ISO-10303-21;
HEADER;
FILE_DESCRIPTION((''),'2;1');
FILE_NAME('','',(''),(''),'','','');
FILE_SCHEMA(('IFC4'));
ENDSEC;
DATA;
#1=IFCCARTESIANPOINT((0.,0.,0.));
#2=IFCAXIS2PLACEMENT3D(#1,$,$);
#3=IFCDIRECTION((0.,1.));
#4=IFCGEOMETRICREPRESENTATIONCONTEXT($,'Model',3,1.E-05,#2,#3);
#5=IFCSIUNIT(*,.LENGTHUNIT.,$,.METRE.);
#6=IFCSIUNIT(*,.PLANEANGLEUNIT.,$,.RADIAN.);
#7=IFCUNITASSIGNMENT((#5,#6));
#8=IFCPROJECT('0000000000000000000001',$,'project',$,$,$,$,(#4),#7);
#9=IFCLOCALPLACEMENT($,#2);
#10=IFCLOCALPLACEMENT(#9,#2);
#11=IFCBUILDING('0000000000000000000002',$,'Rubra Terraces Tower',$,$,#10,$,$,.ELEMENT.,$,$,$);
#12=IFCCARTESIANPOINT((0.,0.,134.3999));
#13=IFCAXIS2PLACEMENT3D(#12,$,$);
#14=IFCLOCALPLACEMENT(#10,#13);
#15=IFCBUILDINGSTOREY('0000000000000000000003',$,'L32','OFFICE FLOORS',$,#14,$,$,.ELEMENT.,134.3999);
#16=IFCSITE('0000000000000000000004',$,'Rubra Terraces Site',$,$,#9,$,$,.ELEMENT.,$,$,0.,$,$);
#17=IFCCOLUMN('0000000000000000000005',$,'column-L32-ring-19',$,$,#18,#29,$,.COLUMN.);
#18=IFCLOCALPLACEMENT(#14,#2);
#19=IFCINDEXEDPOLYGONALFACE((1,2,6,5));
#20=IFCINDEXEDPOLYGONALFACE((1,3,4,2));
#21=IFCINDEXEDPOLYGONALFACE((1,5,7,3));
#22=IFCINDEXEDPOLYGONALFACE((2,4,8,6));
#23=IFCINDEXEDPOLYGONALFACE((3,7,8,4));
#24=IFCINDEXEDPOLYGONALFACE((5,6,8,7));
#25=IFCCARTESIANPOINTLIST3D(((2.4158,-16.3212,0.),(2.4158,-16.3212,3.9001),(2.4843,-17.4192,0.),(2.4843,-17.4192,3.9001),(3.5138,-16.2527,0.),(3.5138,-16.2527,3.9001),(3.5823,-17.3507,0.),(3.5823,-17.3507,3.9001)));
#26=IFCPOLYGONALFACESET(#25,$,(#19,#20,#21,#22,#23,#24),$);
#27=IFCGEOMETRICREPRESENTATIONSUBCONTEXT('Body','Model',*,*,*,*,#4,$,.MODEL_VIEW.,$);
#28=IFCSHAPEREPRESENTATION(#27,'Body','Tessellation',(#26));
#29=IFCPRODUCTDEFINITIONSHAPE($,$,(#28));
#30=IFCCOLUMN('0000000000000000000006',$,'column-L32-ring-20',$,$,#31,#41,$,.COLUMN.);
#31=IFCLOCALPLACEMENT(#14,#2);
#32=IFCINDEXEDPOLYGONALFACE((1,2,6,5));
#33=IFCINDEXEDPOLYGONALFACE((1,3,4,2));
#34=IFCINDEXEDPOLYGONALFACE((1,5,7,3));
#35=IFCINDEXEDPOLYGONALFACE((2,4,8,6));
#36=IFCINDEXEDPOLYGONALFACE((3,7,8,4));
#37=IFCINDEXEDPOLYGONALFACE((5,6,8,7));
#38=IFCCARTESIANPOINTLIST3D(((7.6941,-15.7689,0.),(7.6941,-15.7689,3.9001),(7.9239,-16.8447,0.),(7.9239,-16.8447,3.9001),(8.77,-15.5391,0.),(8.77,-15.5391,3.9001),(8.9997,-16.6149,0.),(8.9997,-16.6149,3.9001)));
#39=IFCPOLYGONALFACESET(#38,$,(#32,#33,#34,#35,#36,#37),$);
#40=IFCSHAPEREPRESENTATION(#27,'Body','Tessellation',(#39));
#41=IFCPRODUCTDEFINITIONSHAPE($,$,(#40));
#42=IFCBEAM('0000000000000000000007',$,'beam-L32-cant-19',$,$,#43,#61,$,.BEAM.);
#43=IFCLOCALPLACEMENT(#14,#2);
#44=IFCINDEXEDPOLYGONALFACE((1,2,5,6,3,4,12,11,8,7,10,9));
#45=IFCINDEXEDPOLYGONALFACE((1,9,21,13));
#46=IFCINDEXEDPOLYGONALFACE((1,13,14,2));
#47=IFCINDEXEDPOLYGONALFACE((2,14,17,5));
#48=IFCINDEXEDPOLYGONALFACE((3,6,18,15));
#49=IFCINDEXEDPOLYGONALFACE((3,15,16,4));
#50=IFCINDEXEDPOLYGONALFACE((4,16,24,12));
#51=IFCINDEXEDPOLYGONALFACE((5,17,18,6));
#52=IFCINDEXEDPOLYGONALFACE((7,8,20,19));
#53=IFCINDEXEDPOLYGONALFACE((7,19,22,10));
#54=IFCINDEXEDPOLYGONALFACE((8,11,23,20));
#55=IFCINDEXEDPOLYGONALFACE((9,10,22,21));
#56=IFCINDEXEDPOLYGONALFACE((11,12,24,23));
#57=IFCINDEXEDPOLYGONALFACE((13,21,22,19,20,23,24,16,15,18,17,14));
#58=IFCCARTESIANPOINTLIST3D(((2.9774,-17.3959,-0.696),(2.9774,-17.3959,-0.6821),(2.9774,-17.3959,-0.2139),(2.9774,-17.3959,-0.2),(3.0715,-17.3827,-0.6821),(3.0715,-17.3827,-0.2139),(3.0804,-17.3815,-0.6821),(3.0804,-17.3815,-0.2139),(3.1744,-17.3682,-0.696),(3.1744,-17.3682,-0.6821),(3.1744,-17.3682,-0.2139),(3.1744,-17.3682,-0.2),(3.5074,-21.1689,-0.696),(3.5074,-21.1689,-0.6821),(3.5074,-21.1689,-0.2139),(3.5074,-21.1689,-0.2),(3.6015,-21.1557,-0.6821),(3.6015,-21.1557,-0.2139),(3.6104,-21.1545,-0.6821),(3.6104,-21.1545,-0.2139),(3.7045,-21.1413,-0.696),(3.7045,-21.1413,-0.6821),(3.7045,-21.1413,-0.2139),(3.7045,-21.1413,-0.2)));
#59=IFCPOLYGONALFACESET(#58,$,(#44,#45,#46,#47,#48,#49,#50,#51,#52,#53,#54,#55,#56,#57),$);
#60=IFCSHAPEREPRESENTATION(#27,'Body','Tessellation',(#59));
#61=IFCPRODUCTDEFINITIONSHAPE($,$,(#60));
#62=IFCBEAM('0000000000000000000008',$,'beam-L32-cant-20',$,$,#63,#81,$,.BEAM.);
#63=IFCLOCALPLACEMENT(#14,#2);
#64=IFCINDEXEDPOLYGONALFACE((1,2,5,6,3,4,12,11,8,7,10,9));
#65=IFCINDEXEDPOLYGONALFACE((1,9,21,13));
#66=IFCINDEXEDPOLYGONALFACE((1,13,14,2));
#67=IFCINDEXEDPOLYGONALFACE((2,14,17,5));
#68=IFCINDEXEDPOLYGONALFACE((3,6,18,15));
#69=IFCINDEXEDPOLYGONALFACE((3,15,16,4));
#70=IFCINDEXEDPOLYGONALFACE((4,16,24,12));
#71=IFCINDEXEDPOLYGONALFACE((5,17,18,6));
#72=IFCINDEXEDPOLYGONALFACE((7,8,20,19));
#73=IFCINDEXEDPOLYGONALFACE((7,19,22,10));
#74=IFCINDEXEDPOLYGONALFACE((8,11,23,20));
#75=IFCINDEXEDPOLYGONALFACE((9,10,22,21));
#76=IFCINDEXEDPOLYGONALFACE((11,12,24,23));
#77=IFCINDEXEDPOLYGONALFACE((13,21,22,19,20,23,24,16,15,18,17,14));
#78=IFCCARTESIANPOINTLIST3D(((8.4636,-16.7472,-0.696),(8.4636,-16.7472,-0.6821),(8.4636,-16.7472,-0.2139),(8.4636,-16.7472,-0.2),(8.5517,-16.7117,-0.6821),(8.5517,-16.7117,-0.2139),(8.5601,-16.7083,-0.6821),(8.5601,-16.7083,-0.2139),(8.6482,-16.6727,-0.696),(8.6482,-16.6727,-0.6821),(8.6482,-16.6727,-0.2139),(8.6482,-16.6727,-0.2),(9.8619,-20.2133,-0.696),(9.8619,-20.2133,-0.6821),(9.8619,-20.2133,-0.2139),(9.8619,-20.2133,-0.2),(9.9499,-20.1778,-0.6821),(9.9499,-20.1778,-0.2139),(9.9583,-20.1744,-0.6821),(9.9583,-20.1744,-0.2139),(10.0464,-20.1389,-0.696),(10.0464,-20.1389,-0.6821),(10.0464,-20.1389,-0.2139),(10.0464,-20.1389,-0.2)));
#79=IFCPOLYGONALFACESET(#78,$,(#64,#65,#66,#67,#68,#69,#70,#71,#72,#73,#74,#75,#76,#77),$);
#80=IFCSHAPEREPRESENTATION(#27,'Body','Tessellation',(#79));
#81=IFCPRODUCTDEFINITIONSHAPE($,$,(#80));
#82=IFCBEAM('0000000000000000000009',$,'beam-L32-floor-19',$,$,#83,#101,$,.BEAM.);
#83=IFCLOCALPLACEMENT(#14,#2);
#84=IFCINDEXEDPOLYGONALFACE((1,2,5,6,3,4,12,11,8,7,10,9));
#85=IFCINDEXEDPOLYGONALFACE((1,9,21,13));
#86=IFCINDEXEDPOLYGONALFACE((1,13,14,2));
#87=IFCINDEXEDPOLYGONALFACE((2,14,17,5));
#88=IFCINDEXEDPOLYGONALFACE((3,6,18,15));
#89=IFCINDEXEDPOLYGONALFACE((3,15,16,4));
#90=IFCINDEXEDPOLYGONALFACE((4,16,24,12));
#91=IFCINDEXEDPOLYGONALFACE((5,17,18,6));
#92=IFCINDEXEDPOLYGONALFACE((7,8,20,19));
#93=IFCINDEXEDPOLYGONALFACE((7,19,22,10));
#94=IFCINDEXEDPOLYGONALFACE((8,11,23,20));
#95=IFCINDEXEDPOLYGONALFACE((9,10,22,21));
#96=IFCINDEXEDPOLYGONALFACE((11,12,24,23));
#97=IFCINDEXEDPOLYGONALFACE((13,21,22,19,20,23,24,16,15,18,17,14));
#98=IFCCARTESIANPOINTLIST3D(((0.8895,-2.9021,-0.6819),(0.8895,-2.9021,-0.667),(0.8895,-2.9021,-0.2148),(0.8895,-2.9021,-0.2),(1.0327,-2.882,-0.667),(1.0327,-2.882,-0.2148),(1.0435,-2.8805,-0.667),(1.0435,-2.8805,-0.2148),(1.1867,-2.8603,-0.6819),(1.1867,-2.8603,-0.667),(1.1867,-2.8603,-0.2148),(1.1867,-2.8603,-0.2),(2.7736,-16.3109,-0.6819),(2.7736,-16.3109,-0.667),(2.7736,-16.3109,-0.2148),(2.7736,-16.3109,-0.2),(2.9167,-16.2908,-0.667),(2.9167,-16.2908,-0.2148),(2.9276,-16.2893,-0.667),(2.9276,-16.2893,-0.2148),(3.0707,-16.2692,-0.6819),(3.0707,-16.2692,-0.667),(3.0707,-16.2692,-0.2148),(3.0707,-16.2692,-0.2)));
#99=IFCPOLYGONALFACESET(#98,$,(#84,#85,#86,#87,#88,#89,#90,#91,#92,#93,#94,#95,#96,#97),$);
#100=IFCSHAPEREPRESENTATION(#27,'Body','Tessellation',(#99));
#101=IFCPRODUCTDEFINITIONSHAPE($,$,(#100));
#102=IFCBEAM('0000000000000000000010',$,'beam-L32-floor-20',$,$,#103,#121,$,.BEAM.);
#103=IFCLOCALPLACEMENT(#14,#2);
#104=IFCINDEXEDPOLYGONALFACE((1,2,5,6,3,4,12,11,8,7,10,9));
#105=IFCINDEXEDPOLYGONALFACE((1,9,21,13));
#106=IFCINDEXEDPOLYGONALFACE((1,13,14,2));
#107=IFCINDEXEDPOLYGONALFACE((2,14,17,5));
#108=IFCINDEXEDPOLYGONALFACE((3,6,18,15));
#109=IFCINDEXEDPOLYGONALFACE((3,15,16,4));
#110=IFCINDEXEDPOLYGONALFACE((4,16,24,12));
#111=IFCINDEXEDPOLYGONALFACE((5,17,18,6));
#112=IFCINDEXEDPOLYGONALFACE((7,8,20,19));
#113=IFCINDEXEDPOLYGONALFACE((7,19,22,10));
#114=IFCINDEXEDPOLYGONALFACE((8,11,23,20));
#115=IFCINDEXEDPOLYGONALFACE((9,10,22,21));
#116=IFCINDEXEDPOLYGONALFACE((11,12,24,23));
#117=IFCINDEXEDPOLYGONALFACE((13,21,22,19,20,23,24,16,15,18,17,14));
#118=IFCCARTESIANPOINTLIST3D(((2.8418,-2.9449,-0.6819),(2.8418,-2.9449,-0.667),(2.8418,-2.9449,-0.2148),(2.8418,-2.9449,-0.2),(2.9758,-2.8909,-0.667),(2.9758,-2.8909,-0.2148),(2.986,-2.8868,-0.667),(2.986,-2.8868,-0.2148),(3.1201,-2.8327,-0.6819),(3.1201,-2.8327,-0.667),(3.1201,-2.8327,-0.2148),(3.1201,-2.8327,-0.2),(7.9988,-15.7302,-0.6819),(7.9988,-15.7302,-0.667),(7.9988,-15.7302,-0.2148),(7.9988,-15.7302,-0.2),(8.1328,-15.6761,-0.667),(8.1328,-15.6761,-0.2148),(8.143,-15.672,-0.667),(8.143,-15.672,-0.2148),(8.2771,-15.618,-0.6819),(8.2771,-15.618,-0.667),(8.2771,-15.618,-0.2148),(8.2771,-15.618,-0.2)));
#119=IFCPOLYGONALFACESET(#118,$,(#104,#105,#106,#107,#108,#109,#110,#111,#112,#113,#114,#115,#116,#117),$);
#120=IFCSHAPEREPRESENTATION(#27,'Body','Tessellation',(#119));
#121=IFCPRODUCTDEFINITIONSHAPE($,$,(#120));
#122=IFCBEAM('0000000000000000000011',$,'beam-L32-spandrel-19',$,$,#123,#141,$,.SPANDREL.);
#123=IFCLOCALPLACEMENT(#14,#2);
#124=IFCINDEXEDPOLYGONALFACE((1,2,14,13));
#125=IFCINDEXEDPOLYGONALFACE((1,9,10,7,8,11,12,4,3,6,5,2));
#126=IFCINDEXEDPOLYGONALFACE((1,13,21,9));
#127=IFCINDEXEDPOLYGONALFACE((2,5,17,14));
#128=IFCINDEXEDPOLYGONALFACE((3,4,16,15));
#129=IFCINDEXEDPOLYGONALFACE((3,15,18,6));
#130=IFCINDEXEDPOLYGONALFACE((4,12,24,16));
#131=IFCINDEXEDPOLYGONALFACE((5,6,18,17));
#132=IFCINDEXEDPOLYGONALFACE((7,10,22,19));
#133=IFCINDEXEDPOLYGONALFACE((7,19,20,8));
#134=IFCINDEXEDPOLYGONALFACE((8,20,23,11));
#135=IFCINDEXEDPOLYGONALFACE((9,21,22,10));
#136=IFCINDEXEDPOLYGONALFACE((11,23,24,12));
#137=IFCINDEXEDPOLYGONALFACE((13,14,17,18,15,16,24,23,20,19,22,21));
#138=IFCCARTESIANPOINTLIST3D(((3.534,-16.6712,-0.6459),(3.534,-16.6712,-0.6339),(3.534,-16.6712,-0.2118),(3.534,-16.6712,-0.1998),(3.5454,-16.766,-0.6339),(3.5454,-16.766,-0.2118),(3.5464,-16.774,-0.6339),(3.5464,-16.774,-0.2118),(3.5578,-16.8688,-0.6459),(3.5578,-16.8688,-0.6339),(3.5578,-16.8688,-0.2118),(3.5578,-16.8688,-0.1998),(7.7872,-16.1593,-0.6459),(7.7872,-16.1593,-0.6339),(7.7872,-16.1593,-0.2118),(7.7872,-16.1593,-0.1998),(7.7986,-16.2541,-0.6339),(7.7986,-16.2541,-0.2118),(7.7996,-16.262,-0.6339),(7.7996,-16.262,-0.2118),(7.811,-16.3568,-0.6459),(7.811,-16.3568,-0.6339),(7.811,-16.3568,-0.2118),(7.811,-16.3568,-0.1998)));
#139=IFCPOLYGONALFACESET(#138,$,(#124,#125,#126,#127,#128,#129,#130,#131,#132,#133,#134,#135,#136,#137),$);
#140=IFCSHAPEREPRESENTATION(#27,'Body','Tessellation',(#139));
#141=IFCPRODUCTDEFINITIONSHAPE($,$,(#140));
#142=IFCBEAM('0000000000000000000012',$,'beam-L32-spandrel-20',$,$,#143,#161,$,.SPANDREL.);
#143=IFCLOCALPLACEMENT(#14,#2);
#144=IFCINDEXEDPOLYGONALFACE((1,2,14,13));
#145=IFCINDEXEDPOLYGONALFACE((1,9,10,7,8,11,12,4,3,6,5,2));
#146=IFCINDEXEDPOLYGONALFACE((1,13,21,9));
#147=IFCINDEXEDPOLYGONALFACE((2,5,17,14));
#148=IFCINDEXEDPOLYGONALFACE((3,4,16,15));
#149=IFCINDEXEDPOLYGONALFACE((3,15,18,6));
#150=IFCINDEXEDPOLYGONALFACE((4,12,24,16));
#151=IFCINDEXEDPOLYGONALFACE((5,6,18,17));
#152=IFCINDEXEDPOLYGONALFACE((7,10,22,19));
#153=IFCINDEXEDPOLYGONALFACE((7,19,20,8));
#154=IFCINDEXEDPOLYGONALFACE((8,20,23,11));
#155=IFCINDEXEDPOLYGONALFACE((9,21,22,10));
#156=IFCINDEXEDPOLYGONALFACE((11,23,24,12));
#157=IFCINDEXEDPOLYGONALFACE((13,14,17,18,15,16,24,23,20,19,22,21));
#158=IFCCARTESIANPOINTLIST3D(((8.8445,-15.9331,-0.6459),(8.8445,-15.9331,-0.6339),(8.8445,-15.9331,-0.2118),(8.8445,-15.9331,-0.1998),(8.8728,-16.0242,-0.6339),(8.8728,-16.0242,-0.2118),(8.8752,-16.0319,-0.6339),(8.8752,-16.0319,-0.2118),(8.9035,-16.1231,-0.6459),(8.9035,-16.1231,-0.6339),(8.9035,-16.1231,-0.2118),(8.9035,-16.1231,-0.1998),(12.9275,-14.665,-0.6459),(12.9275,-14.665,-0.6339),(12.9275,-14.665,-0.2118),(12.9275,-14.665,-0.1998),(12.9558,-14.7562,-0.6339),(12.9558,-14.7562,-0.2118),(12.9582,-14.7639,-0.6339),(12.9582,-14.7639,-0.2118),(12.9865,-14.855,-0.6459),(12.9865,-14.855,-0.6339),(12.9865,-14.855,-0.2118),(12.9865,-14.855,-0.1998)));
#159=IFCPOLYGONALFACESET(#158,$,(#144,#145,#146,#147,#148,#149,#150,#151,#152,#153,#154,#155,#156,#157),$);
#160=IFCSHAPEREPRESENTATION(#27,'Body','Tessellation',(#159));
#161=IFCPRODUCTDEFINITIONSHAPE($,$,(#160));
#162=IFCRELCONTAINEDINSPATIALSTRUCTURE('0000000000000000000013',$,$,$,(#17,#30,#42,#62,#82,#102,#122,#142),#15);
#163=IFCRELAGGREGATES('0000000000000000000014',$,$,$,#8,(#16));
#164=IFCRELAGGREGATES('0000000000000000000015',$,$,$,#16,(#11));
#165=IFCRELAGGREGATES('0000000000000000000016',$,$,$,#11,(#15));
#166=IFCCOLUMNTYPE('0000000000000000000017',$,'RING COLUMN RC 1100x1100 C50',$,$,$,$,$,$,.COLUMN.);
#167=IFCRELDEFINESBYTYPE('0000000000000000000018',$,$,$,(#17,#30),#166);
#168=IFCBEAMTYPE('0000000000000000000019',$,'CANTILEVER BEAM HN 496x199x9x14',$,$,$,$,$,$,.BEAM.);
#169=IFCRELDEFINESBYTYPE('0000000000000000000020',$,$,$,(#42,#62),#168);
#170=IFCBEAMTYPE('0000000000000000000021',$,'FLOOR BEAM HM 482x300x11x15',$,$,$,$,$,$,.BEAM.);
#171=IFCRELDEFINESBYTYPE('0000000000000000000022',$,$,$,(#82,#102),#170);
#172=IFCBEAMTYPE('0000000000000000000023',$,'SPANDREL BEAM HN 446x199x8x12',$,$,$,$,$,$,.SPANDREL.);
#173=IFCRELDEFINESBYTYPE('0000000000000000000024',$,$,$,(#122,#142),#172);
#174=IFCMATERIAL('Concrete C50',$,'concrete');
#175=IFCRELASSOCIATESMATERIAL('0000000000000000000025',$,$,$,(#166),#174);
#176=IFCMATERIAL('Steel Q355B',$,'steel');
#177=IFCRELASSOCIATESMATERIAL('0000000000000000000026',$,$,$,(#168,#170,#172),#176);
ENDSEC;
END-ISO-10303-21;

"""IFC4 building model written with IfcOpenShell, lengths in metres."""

from ifc_helpers import new_model, si_unit, direction, frame, origin, origin_2d, place, context, subcontext, project, spatial, rectangle, i_section, extrude, material, material_profile, profile_set, type_object, element, save


model = new_model("IFC4")

# Units and contexts
model_context = context("Model", 3, precision=1e-05, world=origin(), true_north=direction((0.0, 1.0)))
body_context = subcontext(model_context, "Body", "Model", "MODEL_VIEW")
ifc_project = project(units=[si_unit("LENGTHUNIT", "METRE"), si_unit("PLANEANGLEUNIT", "RADIAN")], contexts=[model_context])

# Site, building, storey
site_placement = place(None, origin())
site = spatial("IfcSite", under=ifc_project, at=site_placement, Name="Rubra Terraces Site", CompositionType="ELEMENT", RefElevation=0.0)
building_placement = place(site_placement, origin())
building = spatial("IfcBuilding", under=site, at=building_placement, Name="Rubra Terraces Tower", CompositionType="ELEMENT")
storey_placement = place(building_placement, frame((0.0, 0.0, 134.3999)))
storey = spatial("IfcBuildingStorey", under=building, at=storey_placement, Name="L32", Description="OFFICE FLOORS", CompositionType="ELEMENT", Elevation=134.3999)

# Columns
ifc_material_1 = material(Name="Concrete C50", Category="concrete")
ifc_material_profile_1 = material_profile(ifc_material_1, rectangle(XDim=1.1001, YDim=1.1001, at=origin_2d()), Name="RC 1100x1100")
ifc_profile_set_1 = profile_set([ifc_material_profile_1], Name="Concrete C50")
column_type = type_object("IfcColumnType", Name="RING COLUMN RC 1100x1100 C50", PredefinedType="COLUMN", material=ifc_profile_set_1)
for number, where, z_axis, x_axis, name in (
    (1, (2.999, -16.8359, 0.0), (0.0, 0.0, 1.0), (0.998059, 0.062268, 0.0), "column-L32-ring-19"),
    (2, (8.3469, -16.1919, 0.0), (0.0, 0.0, 1.0), (0.977944, 0.208867, 0.0), "column-L32-ring-20"),
):
    element("IfcColumn", number, at=place(storey_placement, frame(where, z_axis=z_axis, x_axis=x_axis)), inside=storey, type_object=column_type, Name=name, PredefinedType="COLUMN", context=body_context, shape_type="SweptSolid", body=[
        extrude(rectangle(XDim=1.1001, YDim=1.1001, at=origin_2d()), origin(), (0.0, 0.0, 1.0), 3.9001),
    ])

# Beams
ifc_material_2 = material(Name="Steel Q355B", Category="steel")
ifc_material_profile_2 = material_profile(ifc_material_2, i_section(OverallWidth=0.199, OverallDepth=0.4961, WebThickness=0.009, FlangeThickness=0.0139, at=origin_2d()), Name="HN 496x199x9x14")
ifc_profile_set_2 = profile_set([ifc_material_profile_2], Name="Steel Q355B")
beam_type_1 = type_object("IfcBeamType", Name="CANTILEVER BEAM HN 496x199x9x14", PredefinedType="BEAM", material=ifc_profile_set_2)
beam_1_placement = place(storey_placement, frame((3.0759, -17.3821, -0.448), z_axis=(0.139115, -0.990276, 0.0), x_axis=(0.990276, 0.139115, 0.0)))
element("IfcBeam", 3, at=beam_1_placement, inside=storey, type_object=beam_type_1, Name="beam-L32-cant-19", PredefinedType="BEAM", context=body_context, shape_type="SweptSolid", body=[
    extrude(i_section(OverallWidth=0.199, OverallDepth=0.4961, WebThickness=0.009, FlangeThickness=0.0139, at=origin_2d()), origin(), (0.0, 0.0, 1.0), 3.8101),
])
beam_2_placement = place(storey_placement, frame((8.5559, -16.71, -0.448), z_axis=(0.374103, -0.927387, 0.0), x_axis=(0.927387, 0.374103, 0.0)))
element("IfcBeam", 4, at=beam_2_placement, inside=storey, type_object=beam_type_1, Name="beam-L32-cant-20", PredefinedType="BEAM", context=body_context, shape_type="SweptSolid", body=[
    extrude(i_section(OverallWidth=0.199, OverallDepth=0.4961, WebThickness=0.009, FlangeThickness=0.0139, at=origin_2d()), origin(), (0.0, 0.0, 1.0), 3.7375),
])
ifc_material_profile_3 = material_profile(ifc_material_2, i_section(OverallWidth=0.3, OverallDepth=0.4819, WebThickness=0.011, FlangeThickness=0.0149, at=origin_2d()), Name="HM 482x300x11x15")
ifc_profile_set_3 = profile_set([ifc_material_profile_3], Name="Steel Q355B")
beam_type_2 = type_object("IfcBeamType", Name="FLOOR BEAM HM 482x300x11x15", PredefinedType="BEAM", material=ifc_profile_set_3)
beam_3_placement = place(storey_placement, frame((2.9221, -16.29, -0.4409), z_axis=(-0.139139, 0.990273, 0.0), x_axis=(-0.990273, -0.139139, 0.0)))
element("IfcBeam", 5, at=beam_3_placement, inside=storey, type_object=beam_type_2, Name="beam-L32-floor-19", PredefinedType="BEAM", context=body_context, shape_type="SweptSolid", body=[
    extrude(i_section(OverallWidth=0.3, OverallDepth=0.4819, WebThickness=0.011, FlangeThickness=0.0149, at=origin_2d()), origin(), (0.0, 0.0, 1.0), 13.5405),
])
beam_4_placement = place(storey_placement, frame((8.1379, -15.6741, -0.4409), z_axis=(-0.374073, 0.927399, 0.0), x_axis=(-0.927399, -0.374073, 0.0)))
element("IfcBeam", 6, at=beam_4_placement, inside=storey, type_object=beam_type_2, Name="beam-L32-floor-20", PredefinedType="BEAM", context=body_context, shape_type="SweptSolid", body=[
    extrude(i_section(OverallWidth=0.3, OverallDepth=0.4819, WebThickness=0.011, FlangeThickness=0.0149, at=origin_2d()), origin(), (0.0, 0.0, 1.0), 13.7861),
])
ifc_material_profile_4 = material_profile(ifc_material_2, i_section(OverallWidth=0.199, OverallDepth=0.446, WebThickness=0.0081, FlangeThickness=0.012, at=origin_2d()), Name="HN 446x199x8x12")
ifc_profile_set_4 = profile_set([ifc_material_profile_4], Name="Steel Q355B")
beam_type_3 = type_object("IfcBeamType", Name="SPANDREL BEAM HN 446x199x8x12", PredefinedType="SPANDREL", material=ifc_profile_set_4)
beam_5_placement = place(storey_placement, frame((3.5459, -16.77, -0.4229), z_axis=(0.992833, 0.119509, 0.0), x_axis=(-0.119509, 0.992833, 0.0)))
element("IfcBeam", 7, at=beam_5_placement, inside=storey, type_object=beam_type_3, Name="beam-L32-spandrel-19", PredefinedType="SPANDREL", context=body_context, shape_type="SweptSolid", body=[
    extrude(i_section(OverallWidth=0.199, OverallDepth=0.446, WebThickness=0.0081, FlangeThickness=0.012, at=origin_2d()), origin(), (0.0, 0.0, 1.0), 4.2839),
])
beam_6_placement = place(storey_placement, frame((8.874, -16.0281, -0.4229), z_axis=(0.955003, 0.296597, 0.0), x_axis=(-0.296597, 0.955003, 0.0)))
element("IfcBeam", 8, at=beam_6_placement, inside=storey, type_object=beam_type_3, Name="beam-L32-spandrel-20", PredefinedType="SPANDREL", context=body_context, shape_type="SweptSolid", body=[
    extrude(i_section(OverallWidth=0.199, OverallDepth=0.446, WebThickness=0.0081, FlangeThickness=0.012, at=origin_2d()), origin(), (0.0, 0.0, 1.0), 4.2754),
])

save(model, "model.ifc")
